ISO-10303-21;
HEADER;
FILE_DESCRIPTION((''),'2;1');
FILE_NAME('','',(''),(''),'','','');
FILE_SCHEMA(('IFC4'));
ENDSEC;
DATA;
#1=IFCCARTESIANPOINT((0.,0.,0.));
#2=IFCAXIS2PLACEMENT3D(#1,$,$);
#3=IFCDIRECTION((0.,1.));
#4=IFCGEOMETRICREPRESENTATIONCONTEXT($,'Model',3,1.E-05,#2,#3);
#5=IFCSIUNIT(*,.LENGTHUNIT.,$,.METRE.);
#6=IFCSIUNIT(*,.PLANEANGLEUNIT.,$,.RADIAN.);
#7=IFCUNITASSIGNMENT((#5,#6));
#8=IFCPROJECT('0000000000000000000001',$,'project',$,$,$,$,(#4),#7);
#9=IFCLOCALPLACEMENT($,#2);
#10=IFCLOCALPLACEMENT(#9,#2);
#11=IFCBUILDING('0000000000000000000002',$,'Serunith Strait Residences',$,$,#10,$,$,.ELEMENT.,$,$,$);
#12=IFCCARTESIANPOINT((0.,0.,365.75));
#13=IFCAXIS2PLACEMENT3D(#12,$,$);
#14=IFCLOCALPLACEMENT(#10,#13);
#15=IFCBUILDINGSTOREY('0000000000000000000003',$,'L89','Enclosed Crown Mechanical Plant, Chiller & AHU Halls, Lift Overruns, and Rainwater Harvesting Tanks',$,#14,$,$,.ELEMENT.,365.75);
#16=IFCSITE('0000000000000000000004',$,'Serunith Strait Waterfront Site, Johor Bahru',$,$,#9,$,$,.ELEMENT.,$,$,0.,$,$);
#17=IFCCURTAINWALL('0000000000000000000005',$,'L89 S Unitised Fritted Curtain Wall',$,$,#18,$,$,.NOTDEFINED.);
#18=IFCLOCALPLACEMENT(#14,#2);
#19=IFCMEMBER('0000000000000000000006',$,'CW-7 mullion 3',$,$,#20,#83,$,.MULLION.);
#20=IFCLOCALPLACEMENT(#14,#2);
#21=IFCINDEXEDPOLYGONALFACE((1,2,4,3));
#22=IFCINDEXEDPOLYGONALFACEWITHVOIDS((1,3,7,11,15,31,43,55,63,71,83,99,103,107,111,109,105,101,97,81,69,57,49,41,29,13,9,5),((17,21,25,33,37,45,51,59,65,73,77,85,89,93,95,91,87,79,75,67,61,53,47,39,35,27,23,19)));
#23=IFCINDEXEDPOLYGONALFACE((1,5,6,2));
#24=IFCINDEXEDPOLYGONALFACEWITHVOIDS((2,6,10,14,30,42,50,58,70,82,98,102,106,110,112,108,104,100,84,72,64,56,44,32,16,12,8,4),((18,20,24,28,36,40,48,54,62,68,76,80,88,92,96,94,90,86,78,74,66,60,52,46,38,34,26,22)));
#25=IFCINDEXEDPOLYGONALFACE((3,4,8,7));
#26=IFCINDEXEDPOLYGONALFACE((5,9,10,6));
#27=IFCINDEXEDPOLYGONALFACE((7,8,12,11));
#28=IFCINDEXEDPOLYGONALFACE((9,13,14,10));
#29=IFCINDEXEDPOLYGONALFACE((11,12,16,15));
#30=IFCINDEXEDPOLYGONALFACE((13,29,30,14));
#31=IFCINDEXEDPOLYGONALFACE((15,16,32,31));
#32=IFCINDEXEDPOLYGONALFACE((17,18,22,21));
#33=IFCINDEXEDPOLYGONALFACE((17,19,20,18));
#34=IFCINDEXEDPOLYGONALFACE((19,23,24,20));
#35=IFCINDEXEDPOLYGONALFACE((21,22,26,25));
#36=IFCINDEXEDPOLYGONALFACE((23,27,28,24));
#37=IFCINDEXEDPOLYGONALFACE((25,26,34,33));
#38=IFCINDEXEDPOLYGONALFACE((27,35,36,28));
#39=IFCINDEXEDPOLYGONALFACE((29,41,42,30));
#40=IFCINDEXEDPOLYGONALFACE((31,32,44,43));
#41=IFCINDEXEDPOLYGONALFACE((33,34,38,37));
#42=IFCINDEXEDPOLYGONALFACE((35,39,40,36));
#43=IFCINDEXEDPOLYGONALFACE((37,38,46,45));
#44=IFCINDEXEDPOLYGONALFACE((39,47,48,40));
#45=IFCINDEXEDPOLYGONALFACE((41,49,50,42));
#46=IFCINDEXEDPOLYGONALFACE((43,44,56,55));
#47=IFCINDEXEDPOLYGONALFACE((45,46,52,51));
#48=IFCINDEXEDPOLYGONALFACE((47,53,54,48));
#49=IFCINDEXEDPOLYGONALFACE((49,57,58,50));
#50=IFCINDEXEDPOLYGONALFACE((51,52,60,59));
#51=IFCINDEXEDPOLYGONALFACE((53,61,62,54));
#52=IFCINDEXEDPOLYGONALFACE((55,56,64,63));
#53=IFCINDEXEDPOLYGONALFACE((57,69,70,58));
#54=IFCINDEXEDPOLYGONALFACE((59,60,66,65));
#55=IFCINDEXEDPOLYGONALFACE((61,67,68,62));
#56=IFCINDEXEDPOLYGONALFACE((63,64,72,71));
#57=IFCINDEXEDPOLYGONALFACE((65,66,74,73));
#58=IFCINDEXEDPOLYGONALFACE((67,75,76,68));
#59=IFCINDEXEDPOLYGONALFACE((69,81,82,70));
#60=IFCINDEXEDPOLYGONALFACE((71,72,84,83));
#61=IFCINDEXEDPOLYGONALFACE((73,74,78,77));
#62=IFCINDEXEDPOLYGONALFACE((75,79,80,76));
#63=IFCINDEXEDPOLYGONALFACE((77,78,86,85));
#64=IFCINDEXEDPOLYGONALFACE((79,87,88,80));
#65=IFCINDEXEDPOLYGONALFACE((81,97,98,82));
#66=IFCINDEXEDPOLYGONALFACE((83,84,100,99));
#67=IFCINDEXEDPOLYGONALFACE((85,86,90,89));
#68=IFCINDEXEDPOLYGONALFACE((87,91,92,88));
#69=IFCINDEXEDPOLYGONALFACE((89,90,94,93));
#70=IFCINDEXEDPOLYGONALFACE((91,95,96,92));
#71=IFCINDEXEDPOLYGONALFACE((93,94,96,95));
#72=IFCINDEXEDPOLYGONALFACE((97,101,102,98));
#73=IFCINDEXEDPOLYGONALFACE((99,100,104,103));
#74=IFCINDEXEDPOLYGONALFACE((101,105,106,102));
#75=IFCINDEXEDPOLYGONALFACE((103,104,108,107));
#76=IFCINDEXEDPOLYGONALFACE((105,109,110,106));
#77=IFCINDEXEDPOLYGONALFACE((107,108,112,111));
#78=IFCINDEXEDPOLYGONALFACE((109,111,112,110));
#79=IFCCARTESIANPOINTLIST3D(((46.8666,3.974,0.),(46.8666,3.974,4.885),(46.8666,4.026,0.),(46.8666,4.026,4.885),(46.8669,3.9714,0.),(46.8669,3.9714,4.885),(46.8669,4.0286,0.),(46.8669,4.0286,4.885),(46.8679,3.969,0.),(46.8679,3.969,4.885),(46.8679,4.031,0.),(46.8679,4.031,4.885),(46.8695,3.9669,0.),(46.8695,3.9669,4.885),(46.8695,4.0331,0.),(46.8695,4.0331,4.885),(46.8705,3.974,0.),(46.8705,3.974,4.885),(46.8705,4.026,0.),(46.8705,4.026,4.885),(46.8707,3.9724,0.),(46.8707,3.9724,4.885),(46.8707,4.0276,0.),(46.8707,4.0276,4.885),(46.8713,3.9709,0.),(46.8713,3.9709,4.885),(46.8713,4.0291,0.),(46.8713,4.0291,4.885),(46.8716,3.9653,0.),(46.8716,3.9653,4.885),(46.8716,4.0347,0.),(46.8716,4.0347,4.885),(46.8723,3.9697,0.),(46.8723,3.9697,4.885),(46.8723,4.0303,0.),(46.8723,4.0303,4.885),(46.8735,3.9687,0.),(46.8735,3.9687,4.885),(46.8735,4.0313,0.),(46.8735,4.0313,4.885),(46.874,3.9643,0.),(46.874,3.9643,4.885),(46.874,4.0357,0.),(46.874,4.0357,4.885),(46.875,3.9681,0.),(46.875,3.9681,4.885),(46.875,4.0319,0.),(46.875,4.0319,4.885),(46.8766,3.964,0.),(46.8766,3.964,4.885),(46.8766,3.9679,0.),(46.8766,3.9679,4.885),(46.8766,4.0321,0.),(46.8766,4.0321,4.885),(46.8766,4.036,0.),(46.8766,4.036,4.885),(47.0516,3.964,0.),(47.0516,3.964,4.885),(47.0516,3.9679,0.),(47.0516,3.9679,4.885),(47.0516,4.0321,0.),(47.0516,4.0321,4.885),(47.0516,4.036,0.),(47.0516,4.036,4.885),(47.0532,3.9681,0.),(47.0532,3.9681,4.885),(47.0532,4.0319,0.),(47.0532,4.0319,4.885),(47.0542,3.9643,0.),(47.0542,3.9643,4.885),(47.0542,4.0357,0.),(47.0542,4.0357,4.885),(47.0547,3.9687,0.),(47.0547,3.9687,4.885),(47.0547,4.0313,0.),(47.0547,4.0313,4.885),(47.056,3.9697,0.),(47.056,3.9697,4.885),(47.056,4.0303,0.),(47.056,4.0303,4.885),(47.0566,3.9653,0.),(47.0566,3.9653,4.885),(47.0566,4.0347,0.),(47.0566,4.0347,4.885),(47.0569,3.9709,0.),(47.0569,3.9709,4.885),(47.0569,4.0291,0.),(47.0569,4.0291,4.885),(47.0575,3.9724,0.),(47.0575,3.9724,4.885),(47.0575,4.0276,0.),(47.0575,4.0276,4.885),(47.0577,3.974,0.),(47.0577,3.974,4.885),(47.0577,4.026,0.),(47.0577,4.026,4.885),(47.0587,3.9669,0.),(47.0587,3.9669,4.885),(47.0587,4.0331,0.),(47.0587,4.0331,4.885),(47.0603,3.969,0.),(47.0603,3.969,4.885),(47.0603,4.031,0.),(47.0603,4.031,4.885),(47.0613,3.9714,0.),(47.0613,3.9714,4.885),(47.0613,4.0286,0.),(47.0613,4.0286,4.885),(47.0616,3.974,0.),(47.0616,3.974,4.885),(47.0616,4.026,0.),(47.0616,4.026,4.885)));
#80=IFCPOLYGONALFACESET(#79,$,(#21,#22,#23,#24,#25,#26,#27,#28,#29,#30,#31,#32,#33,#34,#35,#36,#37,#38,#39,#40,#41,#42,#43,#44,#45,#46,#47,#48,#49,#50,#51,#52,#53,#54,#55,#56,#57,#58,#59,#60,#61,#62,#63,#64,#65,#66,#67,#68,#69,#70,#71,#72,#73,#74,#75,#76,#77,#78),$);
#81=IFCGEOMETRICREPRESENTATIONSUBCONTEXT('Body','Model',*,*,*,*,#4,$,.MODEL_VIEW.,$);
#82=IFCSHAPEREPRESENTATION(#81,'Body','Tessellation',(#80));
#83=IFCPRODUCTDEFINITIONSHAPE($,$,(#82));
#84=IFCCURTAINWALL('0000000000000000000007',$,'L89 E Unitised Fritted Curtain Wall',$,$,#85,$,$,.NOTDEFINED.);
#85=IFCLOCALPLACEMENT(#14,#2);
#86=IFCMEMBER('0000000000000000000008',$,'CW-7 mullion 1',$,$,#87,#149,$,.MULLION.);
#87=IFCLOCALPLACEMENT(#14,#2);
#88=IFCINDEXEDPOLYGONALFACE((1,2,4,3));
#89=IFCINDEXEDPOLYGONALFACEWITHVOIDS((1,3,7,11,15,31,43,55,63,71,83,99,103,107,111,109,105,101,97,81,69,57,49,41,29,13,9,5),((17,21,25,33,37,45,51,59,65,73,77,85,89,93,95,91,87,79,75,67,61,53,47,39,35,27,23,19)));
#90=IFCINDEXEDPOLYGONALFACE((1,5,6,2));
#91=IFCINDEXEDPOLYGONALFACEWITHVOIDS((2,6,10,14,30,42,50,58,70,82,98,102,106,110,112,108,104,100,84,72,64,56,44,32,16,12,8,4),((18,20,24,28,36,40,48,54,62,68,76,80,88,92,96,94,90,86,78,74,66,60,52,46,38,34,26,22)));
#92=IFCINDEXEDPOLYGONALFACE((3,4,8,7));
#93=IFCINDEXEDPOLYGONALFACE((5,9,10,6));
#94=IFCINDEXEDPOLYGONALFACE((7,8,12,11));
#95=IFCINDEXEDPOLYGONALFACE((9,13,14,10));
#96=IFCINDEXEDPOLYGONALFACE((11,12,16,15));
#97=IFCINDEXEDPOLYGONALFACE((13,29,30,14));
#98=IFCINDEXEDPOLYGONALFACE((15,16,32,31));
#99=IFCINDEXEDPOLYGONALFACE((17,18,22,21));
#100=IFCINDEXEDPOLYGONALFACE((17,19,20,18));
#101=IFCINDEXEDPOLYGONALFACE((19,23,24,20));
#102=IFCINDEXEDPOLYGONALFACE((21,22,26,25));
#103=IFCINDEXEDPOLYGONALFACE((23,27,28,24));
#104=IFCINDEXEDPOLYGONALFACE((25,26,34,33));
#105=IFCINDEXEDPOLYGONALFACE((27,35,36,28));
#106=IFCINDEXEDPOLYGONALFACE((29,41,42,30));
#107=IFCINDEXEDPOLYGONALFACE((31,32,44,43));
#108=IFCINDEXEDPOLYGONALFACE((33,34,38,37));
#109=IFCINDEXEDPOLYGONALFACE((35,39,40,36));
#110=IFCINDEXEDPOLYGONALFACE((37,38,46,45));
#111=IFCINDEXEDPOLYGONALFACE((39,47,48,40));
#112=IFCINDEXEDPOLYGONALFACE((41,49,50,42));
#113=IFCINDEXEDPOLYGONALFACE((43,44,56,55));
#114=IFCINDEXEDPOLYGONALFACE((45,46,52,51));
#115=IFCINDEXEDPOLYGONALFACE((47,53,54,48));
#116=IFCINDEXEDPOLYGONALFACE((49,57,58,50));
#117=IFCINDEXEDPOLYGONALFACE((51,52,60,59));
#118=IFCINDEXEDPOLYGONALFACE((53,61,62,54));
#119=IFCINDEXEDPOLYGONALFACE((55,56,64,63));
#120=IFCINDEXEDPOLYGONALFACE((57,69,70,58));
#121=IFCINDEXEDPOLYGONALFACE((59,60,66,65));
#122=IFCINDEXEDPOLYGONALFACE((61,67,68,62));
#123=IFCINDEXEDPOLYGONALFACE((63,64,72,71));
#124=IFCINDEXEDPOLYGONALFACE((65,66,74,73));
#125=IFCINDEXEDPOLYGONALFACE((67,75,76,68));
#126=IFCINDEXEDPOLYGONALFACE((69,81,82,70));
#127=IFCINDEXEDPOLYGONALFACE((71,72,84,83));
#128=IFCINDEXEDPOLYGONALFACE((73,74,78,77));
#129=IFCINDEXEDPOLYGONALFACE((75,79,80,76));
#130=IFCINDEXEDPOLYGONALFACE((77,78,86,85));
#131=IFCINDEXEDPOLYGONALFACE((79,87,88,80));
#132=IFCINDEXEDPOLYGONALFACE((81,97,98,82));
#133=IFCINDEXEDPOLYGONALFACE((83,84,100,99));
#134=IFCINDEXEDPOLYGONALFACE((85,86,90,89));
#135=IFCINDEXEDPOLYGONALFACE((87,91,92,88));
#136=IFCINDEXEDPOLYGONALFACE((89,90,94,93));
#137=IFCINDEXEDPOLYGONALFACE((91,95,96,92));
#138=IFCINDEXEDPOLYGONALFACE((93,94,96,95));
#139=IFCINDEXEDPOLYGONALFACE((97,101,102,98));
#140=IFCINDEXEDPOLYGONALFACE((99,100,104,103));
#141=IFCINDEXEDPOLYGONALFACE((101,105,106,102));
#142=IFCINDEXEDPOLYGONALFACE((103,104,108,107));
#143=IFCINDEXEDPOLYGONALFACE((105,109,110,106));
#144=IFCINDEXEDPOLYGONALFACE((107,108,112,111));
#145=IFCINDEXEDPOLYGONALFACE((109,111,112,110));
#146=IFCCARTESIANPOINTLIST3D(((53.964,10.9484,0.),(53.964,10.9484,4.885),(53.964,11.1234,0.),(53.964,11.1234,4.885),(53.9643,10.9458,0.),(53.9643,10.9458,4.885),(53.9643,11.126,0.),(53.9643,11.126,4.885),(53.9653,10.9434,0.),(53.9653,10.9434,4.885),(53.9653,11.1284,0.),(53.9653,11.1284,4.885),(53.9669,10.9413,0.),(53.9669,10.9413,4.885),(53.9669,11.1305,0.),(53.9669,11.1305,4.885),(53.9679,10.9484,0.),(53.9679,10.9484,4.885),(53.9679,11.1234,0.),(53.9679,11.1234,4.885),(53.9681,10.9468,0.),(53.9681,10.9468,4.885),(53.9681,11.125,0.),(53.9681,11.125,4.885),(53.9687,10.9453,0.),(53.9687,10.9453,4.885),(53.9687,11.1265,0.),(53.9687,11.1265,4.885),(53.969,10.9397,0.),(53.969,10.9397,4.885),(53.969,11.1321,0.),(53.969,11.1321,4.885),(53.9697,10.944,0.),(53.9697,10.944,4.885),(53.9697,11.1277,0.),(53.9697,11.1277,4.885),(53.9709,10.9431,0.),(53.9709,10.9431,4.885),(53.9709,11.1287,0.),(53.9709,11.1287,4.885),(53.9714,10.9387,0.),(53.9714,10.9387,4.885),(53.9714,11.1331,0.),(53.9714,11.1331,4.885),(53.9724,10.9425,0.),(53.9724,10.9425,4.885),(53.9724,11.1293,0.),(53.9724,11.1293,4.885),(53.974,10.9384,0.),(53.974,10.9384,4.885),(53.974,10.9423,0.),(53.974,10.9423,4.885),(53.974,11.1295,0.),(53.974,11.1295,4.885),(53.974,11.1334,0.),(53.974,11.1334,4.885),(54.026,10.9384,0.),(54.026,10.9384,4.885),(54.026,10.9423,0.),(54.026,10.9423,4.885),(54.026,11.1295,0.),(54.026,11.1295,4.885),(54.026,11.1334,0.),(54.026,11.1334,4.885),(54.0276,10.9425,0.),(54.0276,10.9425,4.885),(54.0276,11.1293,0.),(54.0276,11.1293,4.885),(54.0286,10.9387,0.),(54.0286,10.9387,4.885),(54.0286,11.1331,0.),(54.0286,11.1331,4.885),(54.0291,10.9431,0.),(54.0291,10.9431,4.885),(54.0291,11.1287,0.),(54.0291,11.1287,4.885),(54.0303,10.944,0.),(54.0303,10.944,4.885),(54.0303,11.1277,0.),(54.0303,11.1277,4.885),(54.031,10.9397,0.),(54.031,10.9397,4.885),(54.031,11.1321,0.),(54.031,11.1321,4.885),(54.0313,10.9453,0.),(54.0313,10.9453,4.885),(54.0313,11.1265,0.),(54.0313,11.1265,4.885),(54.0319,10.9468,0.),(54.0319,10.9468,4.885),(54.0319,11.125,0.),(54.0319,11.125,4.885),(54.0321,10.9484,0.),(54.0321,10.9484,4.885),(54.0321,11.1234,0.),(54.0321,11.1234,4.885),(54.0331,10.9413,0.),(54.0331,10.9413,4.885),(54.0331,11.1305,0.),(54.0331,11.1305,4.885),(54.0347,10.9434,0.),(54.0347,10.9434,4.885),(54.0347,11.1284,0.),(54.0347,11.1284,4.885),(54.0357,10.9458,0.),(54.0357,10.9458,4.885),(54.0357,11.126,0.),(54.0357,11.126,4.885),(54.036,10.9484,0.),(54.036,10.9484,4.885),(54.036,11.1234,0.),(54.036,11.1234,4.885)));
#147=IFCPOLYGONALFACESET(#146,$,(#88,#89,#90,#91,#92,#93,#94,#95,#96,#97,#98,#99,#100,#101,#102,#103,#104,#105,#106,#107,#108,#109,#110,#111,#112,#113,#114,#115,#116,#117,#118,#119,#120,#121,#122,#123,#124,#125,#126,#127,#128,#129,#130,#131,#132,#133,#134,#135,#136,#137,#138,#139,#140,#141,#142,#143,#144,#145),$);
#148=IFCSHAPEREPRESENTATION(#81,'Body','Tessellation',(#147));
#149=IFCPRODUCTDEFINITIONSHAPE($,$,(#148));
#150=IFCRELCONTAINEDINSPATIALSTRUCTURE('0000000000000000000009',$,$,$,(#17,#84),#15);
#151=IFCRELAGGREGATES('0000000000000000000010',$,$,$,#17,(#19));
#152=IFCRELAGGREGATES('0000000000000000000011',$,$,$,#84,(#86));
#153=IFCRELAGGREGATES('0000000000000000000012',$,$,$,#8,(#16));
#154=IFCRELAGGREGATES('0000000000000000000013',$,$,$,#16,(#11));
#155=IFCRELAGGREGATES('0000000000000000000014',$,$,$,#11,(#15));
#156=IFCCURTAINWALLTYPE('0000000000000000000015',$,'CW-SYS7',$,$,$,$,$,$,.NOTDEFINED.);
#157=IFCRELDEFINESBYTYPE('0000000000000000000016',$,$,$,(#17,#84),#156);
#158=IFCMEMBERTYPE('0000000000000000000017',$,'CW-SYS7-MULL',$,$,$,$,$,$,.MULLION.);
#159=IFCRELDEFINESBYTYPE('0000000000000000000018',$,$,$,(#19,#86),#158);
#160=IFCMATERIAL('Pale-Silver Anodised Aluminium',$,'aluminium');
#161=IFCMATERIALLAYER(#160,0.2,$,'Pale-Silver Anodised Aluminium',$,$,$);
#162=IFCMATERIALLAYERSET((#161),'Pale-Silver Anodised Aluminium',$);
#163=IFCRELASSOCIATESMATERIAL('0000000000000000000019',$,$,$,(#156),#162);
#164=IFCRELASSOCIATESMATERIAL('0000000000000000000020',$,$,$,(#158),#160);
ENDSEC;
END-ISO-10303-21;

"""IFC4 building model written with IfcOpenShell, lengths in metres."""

from ifc_helpers import new_model, si_unit, direction, frame, origin, origin_2d, place, context, subcontext, project, spatial, hollow_rectangle, extrude, source, transform, mapped, material, layer, layer_set, material_profile, profile_set, type_object, element, aggregate, save


model = new_model("IFC4")

# Units and contexts
model_context = context("Model", 3, precision=1e-05, world=origin(), true_north=direction((0.0, 1.0)))
body_context = subcontext(model_context, "Body", "Model", "MODEL_VIEW")
ifc_project = project(units=[si_unit("LENGTHUNIT", "METRE"), si_unit("PLANEANGLEUNIT", "RADIAN")], contexts=[model_context])

# Site, building, storey
site_placement = place(None, origin())
site = spatial("IfcSite", under=ifc_project, at=site_placement, Name="Serunith Strait Waterfront Site, Johor Bahru", CompositionType="ELEMENT", RefElevation=0.0)
building_placement = place(site_placement, origin())
building = spatial("IfcBuilding", under=site, at=building_placement, Name="Serunith Strait Residences", CompositionType="ELEMENT")
storey_placement = place(building_placement, frame((0.0, 0.0, 365.75)))
storey = spatial("IfcBuildingStorey", under=building, at=storey_placement, Name="L89", Description="Enclosed Crown Mechanical Plant, Chiller & AHU Halls, Lift Overruns, and Rainwater Harvesting Tanks", CompositionType="ELEMENT", Elevation=365.75)

# Curtain wall, member
ifc_material_1 = material(Name="Pale-Silver Anodised Aluminium", Category="aluminium")
ifc_layer_1 = layer(ifc_material_1, 0.2, Name="Pale-Silver Anodised Aluminium")
ifc_layer_set_1 = layer_set([ifc_layer_1], Name="Pale-Silver Anodised Aluminium")
curtain_wall_type = type_object("IfcCurtainWallType", Name="CW-SYS7", PredefinedType="NOTDEFINED", material=ifc_layer_set_1)
curtain_wall_1_placement = place(storey_placement, origin())
curtain_wall_1 = element("IfcCurtainWall", 1, at=curtain_wall_1_placement, inside=storey, type_object=curtain_wall_type, Name="L89 S Unitised Fritted Curtain Wall", PredefinedType="NOTDEFINED")
ifc_material_profile_1 = material_profile(ifc_material_1, hollow_rectangle(XDim=0.072, YDim=0.1951, WallThickness=0.0039, InnerFilletRadius=0.0061, OuterFilletRadius=0.01, at=origin_2d()), Name="ALU 195x72x4")
ifc_profile_set_1 = profile_set([ifc_material_profile_1], Name="Pale-Silver Anodised Aluminium")
member_type_1 = type_object("IfcMemberType", Name="CW-SYS7-MULL", PredefinedType="MULLION", material=ifc_profile_set_1)
shared_shape_1 = source(origin(), body_context, "Body", "SweptSolid", [
    extrude(hollow_rectangle(XDim=0.072, YDim=0.1951, WallThickness=0.0039, InnerFilletRadius=0.0061, OuterFilletRadius=0.01, at=origin_2d()), origin(), (0.0, 0.0, 1.0), 4.885),
])
member_1_placement = place(storey_placement, frame((46.9641, 4.0, 0.0), z_axis=(0.0, 0.0, 1.0), x_axis=(0.0, 1.0, 0.0)))
member_1 = element("IfcMember", 2, at=member_1_placement, type_object=member_type_1, Name="CW-7 mullion 3", PredefinedType="MULLION", context=body_context, shape_type="MappedRepresentation", body=[
    mapped(shared_shape_1, transform((0.0, 0.0, 0.0), scale=1.0)),
])

# Curtain wall, member
curtain_wall_2_placement = place(storey_placement, origin())
curtain_wall_2 = element("IfcCurtainWall", 3, at=curtain_wall_2_placement, inside=storey, type_object=curtain_wall_type, Name="L89 E Unitised Fritted Curtain Wall", PredefinedType="NOTDEFINED")
member_2_placement = place(storey_placement, frame((54.0, 11.0359, 0.0), z_axis=(0.0, 0.0, 1.0), x_axis=(-1.0, 0.0, 0.0)))
member_2 = element("IfcMember", 4, at=member_2_placement, type_object=member_type_1, Name="CW-7 mullion 1", PredefinedType="MULLION", context=body_context, shape_type="MappedRepresentation", body=[
    mapped(shared_shape_1, transform((0.0, 0.0, 0.0), scale=1.0)),
])

aggregate(curtain_wall_1, [member_1])
aggregate(curtain_wall_2, [member_2])

save(model, "model.ifc")
